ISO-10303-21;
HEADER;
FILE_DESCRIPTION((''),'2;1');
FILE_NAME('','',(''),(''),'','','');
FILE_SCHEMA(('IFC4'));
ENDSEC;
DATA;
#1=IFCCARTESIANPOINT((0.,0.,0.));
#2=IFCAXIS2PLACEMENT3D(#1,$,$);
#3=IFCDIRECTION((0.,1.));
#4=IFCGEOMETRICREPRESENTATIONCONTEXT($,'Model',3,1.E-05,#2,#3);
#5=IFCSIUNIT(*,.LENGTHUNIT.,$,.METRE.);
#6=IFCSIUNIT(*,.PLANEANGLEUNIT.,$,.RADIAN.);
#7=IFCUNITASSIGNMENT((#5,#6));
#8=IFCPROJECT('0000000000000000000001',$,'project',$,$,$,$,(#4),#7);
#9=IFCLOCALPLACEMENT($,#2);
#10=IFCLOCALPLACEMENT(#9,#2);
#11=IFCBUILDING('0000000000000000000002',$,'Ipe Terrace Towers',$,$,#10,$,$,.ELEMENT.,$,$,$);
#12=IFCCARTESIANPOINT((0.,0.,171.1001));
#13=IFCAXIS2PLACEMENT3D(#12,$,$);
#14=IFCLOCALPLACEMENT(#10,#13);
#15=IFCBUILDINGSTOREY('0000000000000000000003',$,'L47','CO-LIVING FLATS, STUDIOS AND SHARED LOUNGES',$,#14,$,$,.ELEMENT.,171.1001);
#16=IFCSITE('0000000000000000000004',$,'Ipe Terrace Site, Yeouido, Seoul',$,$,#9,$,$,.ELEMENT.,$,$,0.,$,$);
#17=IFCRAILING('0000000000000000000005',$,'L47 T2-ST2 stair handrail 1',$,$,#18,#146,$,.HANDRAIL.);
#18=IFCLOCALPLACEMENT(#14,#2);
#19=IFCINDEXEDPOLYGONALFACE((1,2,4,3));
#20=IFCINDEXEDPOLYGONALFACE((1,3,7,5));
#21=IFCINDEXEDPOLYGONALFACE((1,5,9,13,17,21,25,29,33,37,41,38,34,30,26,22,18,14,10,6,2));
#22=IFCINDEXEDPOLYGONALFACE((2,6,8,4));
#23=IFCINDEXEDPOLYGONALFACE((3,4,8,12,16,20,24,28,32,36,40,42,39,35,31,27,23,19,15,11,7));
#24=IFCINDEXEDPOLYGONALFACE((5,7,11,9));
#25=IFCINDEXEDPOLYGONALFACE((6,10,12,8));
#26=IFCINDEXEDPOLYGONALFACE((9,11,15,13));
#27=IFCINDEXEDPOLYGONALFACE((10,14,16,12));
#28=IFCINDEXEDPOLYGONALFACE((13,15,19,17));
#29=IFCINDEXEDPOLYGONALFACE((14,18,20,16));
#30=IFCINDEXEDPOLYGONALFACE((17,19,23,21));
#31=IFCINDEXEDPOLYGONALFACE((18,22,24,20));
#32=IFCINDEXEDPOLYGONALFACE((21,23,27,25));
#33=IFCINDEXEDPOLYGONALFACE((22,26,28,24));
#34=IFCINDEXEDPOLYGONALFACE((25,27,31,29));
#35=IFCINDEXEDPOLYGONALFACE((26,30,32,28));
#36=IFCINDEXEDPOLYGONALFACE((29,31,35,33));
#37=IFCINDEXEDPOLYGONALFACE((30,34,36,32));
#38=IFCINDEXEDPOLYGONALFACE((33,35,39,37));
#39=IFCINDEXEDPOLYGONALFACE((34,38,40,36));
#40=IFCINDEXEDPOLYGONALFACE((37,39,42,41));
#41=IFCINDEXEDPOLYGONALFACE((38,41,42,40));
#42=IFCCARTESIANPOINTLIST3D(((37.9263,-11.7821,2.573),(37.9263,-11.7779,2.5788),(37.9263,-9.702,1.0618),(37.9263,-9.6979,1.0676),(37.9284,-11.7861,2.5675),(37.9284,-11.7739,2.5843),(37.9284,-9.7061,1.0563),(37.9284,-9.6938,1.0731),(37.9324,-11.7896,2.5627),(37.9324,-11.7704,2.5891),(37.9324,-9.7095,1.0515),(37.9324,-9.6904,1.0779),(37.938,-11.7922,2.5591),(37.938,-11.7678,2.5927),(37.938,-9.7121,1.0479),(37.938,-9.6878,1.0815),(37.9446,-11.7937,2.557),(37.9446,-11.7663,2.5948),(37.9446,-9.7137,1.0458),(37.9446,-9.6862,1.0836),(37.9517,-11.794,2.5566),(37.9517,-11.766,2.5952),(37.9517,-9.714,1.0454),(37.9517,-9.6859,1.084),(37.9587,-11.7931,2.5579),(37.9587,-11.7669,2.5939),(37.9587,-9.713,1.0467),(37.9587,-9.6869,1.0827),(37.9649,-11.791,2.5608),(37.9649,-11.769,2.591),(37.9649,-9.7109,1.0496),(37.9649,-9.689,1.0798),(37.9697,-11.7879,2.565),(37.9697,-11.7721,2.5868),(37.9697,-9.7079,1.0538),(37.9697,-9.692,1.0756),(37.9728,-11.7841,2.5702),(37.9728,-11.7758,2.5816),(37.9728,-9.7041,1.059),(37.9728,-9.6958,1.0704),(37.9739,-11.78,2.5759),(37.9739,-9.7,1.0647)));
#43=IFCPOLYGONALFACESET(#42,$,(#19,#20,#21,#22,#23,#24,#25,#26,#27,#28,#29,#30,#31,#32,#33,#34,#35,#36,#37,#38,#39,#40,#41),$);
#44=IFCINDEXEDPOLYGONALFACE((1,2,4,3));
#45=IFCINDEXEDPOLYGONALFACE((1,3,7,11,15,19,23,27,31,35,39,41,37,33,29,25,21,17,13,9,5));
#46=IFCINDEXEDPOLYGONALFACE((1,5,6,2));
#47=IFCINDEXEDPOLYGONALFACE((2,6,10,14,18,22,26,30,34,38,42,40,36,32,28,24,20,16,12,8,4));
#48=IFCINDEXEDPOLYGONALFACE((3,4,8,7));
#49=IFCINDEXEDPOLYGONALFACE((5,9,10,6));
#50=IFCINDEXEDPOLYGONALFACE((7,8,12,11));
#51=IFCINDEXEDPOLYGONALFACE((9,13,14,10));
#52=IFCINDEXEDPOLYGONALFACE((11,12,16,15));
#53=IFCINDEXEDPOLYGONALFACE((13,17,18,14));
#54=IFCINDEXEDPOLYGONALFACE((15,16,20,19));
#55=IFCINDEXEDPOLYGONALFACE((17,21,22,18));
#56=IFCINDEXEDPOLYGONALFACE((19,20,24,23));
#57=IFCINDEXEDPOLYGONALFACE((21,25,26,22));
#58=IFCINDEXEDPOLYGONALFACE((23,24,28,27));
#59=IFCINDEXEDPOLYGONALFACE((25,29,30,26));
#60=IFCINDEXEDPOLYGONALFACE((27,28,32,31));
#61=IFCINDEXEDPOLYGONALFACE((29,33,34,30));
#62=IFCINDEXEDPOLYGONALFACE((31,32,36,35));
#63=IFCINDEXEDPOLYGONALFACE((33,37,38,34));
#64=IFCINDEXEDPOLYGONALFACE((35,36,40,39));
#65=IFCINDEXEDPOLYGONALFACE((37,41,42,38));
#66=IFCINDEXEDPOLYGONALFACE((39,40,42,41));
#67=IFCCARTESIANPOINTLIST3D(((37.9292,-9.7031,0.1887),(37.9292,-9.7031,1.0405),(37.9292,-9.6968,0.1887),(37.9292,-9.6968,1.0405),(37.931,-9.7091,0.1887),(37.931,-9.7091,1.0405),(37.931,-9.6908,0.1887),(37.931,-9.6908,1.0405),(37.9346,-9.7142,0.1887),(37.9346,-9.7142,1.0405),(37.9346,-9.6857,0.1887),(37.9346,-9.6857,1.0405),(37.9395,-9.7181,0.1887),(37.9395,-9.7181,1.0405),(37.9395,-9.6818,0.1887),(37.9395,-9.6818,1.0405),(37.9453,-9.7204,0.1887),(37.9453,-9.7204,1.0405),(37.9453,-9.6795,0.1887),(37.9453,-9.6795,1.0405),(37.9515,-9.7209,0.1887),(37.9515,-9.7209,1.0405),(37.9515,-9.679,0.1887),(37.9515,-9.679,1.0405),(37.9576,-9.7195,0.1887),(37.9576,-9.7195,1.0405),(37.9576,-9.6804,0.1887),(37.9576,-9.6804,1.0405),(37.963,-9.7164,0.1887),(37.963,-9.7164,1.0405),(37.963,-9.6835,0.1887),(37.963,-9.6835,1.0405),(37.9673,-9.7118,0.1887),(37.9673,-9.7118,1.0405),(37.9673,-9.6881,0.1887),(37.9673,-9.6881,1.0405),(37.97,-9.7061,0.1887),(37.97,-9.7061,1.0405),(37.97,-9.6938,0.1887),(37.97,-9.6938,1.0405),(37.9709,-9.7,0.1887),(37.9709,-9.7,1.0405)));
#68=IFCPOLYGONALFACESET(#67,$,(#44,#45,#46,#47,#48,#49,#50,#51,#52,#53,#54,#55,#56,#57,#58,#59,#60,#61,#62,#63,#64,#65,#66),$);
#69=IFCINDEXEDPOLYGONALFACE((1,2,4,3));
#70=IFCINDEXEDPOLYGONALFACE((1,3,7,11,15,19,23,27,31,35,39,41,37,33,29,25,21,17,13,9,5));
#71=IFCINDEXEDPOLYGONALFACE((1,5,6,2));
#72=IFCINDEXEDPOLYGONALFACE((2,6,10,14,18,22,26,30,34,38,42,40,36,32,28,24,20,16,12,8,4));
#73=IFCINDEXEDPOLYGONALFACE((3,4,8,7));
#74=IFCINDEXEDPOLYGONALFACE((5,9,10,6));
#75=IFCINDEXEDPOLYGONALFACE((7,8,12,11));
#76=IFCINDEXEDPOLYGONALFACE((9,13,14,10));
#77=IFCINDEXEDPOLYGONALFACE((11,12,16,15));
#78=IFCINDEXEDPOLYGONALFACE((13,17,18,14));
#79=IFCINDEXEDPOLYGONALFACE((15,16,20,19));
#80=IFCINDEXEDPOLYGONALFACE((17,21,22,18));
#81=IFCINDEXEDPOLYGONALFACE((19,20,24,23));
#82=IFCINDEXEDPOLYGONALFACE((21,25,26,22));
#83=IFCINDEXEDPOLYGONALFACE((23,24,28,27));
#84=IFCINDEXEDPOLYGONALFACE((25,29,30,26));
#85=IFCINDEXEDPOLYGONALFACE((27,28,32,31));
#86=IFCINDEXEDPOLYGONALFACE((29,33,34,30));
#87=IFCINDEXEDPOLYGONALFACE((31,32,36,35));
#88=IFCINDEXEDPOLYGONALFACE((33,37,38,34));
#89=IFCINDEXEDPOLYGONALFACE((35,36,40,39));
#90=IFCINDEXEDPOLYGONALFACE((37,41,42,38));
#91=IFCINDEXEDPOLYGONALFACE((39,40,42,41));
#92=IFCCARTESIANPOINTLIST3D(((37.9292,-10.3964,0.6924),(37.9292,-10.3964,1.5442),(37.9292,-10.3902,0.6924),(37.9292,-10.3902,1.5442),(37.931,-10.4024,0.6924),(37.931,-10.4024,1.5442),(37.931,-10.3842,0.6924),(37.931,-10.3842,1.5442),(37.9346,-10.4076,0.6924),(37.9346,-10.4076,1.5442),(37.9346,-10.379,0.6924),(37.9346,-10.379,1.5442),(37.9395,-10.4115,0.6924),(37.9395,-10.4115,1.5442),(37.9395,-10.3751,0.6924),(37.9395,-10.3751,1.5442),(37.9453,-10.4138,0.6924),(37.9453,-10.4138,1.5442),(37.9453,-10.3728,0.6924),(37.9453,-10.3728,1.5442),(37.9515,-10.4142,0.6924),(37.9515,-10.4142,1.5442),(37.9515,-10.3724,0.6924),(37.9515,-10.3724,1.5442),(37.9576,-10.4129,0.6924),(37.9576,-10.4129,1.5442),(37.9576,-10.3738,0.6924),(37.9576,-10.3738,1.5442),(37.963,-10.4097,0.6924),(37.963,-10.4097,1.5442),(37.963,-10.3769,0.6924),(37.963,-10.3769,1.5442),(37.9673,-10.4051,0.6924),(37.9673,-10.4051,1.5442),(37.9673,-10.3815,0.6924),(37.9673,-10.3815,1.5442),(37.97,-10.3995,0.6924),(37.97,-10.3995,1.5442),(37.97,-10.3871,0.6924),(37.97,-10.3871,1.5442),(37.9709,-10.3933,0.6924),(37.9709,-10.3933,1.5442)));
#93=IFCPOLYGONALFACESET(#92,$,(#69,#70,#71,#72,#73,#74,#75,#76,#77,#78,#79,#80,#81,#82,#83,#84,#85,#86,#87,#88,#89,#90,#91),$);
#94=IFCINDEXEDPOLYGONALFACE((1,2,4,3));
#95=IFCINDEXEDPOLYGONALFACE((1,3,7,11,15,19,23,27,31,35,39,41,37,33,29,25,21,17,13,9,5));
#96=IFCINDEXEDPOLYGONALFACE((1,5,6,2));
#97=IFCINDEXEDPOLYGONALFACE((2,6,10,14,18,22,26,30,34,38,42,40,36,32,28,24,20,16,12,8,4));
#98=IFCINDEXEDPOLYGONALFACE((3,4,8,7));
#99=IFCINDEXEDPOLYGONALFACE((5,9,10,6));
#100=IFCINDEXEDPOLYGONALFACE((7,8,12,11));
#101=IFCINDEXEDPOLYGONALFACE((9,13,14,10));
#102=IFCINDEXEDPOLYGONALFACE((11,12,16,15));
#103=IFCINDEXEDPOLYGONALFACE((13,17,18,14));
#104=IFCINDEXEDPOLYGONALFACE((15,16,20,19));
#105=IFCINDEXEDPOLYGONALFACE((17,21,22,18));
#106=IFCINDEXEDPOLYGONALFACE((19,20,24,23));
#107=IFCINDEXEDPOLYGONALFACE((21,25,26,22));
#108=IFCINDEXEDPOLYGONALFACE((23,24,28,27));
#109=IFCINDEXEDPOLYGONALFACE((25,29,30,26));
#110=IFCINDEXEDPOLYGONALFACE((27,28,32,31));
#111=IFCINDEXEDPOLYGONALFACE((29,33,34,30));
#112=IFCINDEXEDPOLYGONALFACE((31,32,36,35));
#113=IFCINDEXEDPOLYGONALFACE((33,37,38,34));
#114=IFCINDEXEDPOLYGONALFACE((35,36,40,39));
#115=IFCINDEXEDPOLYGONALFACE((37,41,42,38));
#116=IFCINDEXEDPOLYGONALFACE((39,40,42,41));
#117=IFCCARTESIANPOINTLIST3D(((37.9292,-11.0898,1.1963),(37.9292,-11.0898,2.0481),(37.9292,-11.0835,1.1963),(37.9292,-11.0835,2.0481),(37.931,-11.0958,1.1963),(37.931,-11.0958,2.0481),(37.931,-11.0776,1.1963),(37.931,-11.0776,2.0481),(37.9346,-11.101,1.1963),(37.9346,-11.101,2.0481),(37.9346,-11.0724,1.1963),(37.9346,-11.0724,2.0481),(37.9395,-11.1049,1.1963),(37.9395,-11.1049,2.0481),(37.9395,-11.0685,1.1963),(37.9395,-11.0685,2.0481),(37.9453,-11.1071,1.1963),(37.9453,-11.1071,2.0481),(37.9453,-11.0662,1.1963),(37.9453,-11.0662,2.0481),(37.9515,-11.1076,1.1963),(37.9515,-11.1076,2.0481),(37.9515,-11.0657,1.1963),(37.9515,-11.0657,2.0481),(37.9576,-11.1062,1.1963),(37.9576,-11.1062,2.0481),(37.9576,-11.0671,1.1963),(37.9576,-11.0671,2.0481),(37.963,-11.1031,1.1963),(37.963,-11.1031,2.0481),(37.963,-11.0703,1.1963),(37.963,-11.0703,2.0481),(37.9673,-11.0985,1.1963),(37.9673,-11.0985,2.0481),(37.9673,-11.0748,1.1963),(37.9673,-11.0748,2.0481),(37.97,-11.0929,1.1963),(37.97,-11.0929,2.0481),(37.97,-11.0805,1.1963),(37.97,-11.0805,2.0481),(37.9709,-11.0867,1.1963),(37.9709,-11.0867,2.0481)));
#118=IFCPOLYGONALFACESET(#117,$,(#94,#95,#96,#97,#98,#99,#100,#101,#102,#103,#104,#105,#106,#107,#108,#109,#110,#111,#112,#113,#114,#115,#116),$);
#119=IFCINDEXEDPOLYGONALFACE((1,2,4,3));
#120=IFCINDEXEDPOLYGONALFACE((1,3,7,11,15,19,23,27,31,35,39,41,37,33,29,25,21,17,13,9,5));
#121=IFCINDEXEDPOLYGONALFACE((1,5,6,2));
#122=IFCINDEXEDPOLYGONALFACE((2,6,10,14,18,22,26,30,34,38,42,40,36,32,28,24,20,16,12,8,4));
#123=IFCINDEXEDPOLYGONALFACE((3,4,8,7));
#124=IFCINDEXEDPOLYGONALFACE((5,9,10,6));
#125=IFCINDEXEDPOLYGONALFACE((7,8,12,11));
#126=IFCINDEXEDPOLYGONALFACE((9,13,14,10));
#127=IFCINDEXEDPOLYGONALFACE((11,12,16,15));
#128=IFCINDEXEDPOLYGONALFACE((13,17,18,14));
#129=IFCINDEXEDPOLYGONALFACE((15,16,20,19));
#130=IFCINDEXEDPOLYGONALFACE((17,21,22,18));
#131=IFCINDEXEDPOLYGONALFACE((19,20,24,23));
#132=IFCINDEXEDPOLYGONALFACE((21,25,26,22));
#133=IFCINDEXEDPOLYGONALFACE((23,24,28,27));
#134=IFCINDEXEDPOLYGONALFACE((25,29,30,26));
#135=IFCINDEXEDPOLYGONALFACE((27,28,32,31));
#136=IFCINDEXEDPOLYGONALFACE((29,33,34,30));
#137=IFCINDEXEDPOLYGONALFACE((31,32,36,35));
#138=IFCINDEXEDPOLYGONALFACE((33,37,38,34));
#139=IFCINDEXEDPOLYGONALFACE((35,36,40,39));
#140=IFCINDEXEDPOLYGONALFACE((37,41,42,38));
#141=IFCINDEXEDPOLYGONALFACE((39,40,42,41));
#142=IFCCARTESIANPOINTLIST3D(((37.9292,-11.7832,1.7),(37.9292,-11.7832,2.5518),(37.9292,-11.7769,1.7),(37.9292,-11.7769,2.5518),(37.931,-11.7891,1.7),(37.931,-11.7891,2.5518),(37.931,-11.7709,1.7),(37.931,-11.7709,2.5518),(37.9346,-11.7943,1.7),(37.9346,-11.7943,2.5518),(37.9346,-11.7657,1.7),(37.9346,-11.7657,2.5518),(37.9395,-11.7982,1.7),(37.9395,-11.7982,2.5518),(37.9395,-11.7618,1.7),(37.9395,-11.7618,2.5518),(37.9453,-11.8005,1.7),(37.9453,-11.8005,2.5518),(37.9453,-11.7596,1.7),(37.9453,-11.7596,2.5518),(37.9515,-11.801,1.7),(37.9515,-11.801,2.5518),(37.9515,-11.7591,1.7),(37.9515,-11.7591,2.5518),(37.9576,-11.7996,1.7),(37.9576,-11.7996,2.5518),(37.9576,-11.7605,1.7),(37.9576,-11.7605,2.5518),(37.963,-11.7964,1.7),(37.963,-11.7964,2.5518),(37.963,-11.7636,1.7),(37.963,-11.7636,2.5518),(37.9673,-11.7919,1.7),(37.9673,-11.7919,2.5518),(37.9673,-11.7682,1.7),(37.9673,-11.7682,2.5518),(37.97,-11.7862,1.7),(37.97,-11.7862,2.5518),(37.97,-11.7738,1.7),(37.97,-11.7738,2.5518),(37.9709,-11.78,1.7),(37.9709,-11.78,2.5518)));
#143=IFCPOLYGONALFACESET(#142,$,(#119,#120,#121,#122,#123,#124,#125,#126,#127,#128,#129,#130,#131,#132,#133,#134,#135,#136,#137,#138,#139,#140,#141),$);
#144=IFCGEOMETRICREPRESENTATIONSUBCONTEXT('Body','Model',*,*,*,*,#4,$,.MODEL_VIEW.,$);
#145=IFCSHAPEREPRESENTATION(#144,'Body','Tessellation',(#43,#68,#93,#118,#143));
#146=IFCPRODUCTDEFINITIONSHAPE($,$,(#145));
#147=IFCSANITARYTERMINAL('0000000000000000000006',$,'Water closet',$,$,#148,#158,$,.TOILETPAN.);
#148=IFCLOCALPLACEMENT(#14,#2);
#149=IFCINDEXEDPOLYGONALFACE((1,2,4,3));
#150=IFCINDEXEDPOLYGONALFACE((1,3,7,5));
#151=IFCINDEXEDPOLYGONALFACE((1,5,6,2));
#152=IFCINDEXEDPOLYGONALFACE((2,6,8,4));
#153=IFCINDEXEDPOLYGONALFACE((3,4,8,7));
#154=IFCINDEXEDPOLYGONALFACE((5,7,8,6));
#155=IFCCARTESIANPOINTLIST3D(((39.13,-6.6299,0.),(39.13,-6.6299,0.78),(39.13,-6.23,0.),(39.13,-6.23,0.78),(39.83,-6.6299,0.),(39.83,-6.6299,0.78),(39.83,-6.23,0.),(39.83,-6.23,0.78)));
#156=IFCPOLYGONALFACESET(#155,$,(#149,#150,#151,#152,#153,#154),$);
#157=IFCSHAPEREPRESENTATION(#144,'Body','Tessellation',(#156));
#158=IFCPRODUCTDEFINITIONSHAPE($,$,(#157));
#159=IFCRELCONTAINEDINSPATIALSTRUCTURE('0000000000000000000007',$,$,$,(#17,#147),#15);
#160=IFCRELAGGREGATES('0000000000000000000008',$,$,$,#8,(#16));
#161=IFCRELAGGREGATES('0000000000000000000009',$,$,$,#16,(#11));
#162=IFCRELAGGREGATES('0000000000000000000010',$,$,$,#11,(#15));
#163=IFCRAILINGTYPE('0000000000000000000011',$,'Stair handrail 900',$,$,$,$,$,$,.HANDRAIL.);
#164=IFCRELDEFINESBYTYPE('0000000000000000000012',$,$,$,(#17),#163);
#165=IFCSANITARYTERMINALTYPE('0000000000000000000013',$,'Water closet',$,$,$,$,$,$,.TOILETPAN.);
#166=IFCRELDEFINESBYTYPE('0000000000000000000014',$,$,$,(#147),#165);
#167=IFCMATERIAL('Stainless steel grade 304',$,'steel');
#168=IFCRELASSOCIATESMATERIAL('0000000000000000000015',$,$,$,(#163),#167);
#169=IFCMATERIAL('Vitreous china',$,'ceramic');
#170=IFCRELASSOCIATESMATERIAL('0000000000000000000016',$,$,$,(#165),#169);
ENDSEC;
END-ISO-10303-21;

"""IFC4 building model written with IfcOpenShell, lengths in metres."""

from ifc_helpers import new_model, si_unit, direction, frame, origin, origin_2d, place, context, subcontext, project, spatial, rectangle, circle, extrude, material, type_object, element, save


model = new_model("IFC4")

# Units and contexts
model_context = context("Model", 3, precision=1e-05, world=origin(), true_north=direction((0.0, 1.0)))
body_context = subcontext(model_context, "Body", "Model", "MODEL_VIEW")
ifc_project = project(units=[si_unit("LENGTHUNIT", "METRE"), si_unit("PLANEANGLEUNIT", "RADIAN")], contexts=[model_context])

# Site, building, storey
site_placement = place(None, origin())
site = spatial("IfcSite", under=ifc_project, at=site_placement, Name="Ipe Terrace Site, Yeouido, Seoul", CompositionType="ELEMENT", RefElevation=0.0)
building_placement = place(site_placement, origin())
building = spatial("IfcBuilding", under=site, at=building_placement, Name="Ipe Terrace Towers", CompositionType="ELEMENT")
storey_placement = place(building_placement, frame((0.0, 0.0, 171.1001)))
storey = spatial("IfcBuildingStorey", under=building, at=storey_placement, Name="L47", Description="CO-LIVING FLATS, STUDIOS AND SHARED LOUNGES", CompositionType="ELEMENT", Elevation=171.1001)

# Railing
ifc_material_1 = material(Name="Stainless steel grade 304", Category="steel")
railing_type_1 = type_object("IfcRailingType", Name="Stair handrail 900", PredefinedType="HANDRAIL", material=ifc_material_1)
railing_1_placement = place(storey_placement, frame((37.95, -9.7, 0.1887)))
element("IfcRailing", 1, at=railing_1_placement, inside=storey, type_object=railing_type_1, Name="L47 T2-ST2 stair handrail 1", PredefinedType="HANDRAIL", context=body_context, shape_type="SweptSolid", body=[
    extrude(circle(Radius=0.0239, at=origin_2d()), frame((0.0, 0.0, 0.876), z_axis=(0.0, -0.809023, 0.587776), x_axis=(1.0, 0.0, 0.0)), (0.0, 0.0, 1.0), 2.571),
    extrude(circle(Radius=0.021, at=origin_2d()), origin(), (0.0, 0.0, 1.0), 0.8518),
    extrude(circle(Radius=0.021, at=origin_2d()), frame((0.0, -0.6934, 0.5037)), (0.0, 0.0, 1.0), 0.8518),
    extrude(circle(Radius=0.021, at=origin_2d()), frame((0.0, -1.3867, 1.0076)), (0.0, 0.0, 1.0), 0.8518),
    extrude(circle(Radius=0.021, at=origin_2d()), frame((0.0, -2.0801, 1.5112)), (0.0, 0.0, 1.0), 0.8518),
])

# Sanitary terminal
ifc_material_2 = material(Name="Vitreous china", Category="ceramic")
sanitary_terminal_type = type_object("IfcSanitaryTerminalType", Name="Water closet", PredefinedType="TOILETPAN", material=ifc_material_2)
sanitary_terminal_placement = place(storey_placement, frame((39.48, -6.4299, 0.0), z_axis=(0.0, 0.0, 1.0), x_axis=(-1.0, 0.0, 0.0)))
element("IfcSanitaryTerminal", 2, at=sanitary_terminal_placement, inside=storey, type_object=sanitary_terminal_type, Name="Water closet", PredefinedType="TOILETPAN", context=body_context, shape_type="SweptSolid", body=[
    extrude(rectangle(XDim=0.7, YDim=0.3999, at=origin_2d()), origin(), (0.0, 0.0, 1.0), 0.78),
])

save(model, "model.ifc")
